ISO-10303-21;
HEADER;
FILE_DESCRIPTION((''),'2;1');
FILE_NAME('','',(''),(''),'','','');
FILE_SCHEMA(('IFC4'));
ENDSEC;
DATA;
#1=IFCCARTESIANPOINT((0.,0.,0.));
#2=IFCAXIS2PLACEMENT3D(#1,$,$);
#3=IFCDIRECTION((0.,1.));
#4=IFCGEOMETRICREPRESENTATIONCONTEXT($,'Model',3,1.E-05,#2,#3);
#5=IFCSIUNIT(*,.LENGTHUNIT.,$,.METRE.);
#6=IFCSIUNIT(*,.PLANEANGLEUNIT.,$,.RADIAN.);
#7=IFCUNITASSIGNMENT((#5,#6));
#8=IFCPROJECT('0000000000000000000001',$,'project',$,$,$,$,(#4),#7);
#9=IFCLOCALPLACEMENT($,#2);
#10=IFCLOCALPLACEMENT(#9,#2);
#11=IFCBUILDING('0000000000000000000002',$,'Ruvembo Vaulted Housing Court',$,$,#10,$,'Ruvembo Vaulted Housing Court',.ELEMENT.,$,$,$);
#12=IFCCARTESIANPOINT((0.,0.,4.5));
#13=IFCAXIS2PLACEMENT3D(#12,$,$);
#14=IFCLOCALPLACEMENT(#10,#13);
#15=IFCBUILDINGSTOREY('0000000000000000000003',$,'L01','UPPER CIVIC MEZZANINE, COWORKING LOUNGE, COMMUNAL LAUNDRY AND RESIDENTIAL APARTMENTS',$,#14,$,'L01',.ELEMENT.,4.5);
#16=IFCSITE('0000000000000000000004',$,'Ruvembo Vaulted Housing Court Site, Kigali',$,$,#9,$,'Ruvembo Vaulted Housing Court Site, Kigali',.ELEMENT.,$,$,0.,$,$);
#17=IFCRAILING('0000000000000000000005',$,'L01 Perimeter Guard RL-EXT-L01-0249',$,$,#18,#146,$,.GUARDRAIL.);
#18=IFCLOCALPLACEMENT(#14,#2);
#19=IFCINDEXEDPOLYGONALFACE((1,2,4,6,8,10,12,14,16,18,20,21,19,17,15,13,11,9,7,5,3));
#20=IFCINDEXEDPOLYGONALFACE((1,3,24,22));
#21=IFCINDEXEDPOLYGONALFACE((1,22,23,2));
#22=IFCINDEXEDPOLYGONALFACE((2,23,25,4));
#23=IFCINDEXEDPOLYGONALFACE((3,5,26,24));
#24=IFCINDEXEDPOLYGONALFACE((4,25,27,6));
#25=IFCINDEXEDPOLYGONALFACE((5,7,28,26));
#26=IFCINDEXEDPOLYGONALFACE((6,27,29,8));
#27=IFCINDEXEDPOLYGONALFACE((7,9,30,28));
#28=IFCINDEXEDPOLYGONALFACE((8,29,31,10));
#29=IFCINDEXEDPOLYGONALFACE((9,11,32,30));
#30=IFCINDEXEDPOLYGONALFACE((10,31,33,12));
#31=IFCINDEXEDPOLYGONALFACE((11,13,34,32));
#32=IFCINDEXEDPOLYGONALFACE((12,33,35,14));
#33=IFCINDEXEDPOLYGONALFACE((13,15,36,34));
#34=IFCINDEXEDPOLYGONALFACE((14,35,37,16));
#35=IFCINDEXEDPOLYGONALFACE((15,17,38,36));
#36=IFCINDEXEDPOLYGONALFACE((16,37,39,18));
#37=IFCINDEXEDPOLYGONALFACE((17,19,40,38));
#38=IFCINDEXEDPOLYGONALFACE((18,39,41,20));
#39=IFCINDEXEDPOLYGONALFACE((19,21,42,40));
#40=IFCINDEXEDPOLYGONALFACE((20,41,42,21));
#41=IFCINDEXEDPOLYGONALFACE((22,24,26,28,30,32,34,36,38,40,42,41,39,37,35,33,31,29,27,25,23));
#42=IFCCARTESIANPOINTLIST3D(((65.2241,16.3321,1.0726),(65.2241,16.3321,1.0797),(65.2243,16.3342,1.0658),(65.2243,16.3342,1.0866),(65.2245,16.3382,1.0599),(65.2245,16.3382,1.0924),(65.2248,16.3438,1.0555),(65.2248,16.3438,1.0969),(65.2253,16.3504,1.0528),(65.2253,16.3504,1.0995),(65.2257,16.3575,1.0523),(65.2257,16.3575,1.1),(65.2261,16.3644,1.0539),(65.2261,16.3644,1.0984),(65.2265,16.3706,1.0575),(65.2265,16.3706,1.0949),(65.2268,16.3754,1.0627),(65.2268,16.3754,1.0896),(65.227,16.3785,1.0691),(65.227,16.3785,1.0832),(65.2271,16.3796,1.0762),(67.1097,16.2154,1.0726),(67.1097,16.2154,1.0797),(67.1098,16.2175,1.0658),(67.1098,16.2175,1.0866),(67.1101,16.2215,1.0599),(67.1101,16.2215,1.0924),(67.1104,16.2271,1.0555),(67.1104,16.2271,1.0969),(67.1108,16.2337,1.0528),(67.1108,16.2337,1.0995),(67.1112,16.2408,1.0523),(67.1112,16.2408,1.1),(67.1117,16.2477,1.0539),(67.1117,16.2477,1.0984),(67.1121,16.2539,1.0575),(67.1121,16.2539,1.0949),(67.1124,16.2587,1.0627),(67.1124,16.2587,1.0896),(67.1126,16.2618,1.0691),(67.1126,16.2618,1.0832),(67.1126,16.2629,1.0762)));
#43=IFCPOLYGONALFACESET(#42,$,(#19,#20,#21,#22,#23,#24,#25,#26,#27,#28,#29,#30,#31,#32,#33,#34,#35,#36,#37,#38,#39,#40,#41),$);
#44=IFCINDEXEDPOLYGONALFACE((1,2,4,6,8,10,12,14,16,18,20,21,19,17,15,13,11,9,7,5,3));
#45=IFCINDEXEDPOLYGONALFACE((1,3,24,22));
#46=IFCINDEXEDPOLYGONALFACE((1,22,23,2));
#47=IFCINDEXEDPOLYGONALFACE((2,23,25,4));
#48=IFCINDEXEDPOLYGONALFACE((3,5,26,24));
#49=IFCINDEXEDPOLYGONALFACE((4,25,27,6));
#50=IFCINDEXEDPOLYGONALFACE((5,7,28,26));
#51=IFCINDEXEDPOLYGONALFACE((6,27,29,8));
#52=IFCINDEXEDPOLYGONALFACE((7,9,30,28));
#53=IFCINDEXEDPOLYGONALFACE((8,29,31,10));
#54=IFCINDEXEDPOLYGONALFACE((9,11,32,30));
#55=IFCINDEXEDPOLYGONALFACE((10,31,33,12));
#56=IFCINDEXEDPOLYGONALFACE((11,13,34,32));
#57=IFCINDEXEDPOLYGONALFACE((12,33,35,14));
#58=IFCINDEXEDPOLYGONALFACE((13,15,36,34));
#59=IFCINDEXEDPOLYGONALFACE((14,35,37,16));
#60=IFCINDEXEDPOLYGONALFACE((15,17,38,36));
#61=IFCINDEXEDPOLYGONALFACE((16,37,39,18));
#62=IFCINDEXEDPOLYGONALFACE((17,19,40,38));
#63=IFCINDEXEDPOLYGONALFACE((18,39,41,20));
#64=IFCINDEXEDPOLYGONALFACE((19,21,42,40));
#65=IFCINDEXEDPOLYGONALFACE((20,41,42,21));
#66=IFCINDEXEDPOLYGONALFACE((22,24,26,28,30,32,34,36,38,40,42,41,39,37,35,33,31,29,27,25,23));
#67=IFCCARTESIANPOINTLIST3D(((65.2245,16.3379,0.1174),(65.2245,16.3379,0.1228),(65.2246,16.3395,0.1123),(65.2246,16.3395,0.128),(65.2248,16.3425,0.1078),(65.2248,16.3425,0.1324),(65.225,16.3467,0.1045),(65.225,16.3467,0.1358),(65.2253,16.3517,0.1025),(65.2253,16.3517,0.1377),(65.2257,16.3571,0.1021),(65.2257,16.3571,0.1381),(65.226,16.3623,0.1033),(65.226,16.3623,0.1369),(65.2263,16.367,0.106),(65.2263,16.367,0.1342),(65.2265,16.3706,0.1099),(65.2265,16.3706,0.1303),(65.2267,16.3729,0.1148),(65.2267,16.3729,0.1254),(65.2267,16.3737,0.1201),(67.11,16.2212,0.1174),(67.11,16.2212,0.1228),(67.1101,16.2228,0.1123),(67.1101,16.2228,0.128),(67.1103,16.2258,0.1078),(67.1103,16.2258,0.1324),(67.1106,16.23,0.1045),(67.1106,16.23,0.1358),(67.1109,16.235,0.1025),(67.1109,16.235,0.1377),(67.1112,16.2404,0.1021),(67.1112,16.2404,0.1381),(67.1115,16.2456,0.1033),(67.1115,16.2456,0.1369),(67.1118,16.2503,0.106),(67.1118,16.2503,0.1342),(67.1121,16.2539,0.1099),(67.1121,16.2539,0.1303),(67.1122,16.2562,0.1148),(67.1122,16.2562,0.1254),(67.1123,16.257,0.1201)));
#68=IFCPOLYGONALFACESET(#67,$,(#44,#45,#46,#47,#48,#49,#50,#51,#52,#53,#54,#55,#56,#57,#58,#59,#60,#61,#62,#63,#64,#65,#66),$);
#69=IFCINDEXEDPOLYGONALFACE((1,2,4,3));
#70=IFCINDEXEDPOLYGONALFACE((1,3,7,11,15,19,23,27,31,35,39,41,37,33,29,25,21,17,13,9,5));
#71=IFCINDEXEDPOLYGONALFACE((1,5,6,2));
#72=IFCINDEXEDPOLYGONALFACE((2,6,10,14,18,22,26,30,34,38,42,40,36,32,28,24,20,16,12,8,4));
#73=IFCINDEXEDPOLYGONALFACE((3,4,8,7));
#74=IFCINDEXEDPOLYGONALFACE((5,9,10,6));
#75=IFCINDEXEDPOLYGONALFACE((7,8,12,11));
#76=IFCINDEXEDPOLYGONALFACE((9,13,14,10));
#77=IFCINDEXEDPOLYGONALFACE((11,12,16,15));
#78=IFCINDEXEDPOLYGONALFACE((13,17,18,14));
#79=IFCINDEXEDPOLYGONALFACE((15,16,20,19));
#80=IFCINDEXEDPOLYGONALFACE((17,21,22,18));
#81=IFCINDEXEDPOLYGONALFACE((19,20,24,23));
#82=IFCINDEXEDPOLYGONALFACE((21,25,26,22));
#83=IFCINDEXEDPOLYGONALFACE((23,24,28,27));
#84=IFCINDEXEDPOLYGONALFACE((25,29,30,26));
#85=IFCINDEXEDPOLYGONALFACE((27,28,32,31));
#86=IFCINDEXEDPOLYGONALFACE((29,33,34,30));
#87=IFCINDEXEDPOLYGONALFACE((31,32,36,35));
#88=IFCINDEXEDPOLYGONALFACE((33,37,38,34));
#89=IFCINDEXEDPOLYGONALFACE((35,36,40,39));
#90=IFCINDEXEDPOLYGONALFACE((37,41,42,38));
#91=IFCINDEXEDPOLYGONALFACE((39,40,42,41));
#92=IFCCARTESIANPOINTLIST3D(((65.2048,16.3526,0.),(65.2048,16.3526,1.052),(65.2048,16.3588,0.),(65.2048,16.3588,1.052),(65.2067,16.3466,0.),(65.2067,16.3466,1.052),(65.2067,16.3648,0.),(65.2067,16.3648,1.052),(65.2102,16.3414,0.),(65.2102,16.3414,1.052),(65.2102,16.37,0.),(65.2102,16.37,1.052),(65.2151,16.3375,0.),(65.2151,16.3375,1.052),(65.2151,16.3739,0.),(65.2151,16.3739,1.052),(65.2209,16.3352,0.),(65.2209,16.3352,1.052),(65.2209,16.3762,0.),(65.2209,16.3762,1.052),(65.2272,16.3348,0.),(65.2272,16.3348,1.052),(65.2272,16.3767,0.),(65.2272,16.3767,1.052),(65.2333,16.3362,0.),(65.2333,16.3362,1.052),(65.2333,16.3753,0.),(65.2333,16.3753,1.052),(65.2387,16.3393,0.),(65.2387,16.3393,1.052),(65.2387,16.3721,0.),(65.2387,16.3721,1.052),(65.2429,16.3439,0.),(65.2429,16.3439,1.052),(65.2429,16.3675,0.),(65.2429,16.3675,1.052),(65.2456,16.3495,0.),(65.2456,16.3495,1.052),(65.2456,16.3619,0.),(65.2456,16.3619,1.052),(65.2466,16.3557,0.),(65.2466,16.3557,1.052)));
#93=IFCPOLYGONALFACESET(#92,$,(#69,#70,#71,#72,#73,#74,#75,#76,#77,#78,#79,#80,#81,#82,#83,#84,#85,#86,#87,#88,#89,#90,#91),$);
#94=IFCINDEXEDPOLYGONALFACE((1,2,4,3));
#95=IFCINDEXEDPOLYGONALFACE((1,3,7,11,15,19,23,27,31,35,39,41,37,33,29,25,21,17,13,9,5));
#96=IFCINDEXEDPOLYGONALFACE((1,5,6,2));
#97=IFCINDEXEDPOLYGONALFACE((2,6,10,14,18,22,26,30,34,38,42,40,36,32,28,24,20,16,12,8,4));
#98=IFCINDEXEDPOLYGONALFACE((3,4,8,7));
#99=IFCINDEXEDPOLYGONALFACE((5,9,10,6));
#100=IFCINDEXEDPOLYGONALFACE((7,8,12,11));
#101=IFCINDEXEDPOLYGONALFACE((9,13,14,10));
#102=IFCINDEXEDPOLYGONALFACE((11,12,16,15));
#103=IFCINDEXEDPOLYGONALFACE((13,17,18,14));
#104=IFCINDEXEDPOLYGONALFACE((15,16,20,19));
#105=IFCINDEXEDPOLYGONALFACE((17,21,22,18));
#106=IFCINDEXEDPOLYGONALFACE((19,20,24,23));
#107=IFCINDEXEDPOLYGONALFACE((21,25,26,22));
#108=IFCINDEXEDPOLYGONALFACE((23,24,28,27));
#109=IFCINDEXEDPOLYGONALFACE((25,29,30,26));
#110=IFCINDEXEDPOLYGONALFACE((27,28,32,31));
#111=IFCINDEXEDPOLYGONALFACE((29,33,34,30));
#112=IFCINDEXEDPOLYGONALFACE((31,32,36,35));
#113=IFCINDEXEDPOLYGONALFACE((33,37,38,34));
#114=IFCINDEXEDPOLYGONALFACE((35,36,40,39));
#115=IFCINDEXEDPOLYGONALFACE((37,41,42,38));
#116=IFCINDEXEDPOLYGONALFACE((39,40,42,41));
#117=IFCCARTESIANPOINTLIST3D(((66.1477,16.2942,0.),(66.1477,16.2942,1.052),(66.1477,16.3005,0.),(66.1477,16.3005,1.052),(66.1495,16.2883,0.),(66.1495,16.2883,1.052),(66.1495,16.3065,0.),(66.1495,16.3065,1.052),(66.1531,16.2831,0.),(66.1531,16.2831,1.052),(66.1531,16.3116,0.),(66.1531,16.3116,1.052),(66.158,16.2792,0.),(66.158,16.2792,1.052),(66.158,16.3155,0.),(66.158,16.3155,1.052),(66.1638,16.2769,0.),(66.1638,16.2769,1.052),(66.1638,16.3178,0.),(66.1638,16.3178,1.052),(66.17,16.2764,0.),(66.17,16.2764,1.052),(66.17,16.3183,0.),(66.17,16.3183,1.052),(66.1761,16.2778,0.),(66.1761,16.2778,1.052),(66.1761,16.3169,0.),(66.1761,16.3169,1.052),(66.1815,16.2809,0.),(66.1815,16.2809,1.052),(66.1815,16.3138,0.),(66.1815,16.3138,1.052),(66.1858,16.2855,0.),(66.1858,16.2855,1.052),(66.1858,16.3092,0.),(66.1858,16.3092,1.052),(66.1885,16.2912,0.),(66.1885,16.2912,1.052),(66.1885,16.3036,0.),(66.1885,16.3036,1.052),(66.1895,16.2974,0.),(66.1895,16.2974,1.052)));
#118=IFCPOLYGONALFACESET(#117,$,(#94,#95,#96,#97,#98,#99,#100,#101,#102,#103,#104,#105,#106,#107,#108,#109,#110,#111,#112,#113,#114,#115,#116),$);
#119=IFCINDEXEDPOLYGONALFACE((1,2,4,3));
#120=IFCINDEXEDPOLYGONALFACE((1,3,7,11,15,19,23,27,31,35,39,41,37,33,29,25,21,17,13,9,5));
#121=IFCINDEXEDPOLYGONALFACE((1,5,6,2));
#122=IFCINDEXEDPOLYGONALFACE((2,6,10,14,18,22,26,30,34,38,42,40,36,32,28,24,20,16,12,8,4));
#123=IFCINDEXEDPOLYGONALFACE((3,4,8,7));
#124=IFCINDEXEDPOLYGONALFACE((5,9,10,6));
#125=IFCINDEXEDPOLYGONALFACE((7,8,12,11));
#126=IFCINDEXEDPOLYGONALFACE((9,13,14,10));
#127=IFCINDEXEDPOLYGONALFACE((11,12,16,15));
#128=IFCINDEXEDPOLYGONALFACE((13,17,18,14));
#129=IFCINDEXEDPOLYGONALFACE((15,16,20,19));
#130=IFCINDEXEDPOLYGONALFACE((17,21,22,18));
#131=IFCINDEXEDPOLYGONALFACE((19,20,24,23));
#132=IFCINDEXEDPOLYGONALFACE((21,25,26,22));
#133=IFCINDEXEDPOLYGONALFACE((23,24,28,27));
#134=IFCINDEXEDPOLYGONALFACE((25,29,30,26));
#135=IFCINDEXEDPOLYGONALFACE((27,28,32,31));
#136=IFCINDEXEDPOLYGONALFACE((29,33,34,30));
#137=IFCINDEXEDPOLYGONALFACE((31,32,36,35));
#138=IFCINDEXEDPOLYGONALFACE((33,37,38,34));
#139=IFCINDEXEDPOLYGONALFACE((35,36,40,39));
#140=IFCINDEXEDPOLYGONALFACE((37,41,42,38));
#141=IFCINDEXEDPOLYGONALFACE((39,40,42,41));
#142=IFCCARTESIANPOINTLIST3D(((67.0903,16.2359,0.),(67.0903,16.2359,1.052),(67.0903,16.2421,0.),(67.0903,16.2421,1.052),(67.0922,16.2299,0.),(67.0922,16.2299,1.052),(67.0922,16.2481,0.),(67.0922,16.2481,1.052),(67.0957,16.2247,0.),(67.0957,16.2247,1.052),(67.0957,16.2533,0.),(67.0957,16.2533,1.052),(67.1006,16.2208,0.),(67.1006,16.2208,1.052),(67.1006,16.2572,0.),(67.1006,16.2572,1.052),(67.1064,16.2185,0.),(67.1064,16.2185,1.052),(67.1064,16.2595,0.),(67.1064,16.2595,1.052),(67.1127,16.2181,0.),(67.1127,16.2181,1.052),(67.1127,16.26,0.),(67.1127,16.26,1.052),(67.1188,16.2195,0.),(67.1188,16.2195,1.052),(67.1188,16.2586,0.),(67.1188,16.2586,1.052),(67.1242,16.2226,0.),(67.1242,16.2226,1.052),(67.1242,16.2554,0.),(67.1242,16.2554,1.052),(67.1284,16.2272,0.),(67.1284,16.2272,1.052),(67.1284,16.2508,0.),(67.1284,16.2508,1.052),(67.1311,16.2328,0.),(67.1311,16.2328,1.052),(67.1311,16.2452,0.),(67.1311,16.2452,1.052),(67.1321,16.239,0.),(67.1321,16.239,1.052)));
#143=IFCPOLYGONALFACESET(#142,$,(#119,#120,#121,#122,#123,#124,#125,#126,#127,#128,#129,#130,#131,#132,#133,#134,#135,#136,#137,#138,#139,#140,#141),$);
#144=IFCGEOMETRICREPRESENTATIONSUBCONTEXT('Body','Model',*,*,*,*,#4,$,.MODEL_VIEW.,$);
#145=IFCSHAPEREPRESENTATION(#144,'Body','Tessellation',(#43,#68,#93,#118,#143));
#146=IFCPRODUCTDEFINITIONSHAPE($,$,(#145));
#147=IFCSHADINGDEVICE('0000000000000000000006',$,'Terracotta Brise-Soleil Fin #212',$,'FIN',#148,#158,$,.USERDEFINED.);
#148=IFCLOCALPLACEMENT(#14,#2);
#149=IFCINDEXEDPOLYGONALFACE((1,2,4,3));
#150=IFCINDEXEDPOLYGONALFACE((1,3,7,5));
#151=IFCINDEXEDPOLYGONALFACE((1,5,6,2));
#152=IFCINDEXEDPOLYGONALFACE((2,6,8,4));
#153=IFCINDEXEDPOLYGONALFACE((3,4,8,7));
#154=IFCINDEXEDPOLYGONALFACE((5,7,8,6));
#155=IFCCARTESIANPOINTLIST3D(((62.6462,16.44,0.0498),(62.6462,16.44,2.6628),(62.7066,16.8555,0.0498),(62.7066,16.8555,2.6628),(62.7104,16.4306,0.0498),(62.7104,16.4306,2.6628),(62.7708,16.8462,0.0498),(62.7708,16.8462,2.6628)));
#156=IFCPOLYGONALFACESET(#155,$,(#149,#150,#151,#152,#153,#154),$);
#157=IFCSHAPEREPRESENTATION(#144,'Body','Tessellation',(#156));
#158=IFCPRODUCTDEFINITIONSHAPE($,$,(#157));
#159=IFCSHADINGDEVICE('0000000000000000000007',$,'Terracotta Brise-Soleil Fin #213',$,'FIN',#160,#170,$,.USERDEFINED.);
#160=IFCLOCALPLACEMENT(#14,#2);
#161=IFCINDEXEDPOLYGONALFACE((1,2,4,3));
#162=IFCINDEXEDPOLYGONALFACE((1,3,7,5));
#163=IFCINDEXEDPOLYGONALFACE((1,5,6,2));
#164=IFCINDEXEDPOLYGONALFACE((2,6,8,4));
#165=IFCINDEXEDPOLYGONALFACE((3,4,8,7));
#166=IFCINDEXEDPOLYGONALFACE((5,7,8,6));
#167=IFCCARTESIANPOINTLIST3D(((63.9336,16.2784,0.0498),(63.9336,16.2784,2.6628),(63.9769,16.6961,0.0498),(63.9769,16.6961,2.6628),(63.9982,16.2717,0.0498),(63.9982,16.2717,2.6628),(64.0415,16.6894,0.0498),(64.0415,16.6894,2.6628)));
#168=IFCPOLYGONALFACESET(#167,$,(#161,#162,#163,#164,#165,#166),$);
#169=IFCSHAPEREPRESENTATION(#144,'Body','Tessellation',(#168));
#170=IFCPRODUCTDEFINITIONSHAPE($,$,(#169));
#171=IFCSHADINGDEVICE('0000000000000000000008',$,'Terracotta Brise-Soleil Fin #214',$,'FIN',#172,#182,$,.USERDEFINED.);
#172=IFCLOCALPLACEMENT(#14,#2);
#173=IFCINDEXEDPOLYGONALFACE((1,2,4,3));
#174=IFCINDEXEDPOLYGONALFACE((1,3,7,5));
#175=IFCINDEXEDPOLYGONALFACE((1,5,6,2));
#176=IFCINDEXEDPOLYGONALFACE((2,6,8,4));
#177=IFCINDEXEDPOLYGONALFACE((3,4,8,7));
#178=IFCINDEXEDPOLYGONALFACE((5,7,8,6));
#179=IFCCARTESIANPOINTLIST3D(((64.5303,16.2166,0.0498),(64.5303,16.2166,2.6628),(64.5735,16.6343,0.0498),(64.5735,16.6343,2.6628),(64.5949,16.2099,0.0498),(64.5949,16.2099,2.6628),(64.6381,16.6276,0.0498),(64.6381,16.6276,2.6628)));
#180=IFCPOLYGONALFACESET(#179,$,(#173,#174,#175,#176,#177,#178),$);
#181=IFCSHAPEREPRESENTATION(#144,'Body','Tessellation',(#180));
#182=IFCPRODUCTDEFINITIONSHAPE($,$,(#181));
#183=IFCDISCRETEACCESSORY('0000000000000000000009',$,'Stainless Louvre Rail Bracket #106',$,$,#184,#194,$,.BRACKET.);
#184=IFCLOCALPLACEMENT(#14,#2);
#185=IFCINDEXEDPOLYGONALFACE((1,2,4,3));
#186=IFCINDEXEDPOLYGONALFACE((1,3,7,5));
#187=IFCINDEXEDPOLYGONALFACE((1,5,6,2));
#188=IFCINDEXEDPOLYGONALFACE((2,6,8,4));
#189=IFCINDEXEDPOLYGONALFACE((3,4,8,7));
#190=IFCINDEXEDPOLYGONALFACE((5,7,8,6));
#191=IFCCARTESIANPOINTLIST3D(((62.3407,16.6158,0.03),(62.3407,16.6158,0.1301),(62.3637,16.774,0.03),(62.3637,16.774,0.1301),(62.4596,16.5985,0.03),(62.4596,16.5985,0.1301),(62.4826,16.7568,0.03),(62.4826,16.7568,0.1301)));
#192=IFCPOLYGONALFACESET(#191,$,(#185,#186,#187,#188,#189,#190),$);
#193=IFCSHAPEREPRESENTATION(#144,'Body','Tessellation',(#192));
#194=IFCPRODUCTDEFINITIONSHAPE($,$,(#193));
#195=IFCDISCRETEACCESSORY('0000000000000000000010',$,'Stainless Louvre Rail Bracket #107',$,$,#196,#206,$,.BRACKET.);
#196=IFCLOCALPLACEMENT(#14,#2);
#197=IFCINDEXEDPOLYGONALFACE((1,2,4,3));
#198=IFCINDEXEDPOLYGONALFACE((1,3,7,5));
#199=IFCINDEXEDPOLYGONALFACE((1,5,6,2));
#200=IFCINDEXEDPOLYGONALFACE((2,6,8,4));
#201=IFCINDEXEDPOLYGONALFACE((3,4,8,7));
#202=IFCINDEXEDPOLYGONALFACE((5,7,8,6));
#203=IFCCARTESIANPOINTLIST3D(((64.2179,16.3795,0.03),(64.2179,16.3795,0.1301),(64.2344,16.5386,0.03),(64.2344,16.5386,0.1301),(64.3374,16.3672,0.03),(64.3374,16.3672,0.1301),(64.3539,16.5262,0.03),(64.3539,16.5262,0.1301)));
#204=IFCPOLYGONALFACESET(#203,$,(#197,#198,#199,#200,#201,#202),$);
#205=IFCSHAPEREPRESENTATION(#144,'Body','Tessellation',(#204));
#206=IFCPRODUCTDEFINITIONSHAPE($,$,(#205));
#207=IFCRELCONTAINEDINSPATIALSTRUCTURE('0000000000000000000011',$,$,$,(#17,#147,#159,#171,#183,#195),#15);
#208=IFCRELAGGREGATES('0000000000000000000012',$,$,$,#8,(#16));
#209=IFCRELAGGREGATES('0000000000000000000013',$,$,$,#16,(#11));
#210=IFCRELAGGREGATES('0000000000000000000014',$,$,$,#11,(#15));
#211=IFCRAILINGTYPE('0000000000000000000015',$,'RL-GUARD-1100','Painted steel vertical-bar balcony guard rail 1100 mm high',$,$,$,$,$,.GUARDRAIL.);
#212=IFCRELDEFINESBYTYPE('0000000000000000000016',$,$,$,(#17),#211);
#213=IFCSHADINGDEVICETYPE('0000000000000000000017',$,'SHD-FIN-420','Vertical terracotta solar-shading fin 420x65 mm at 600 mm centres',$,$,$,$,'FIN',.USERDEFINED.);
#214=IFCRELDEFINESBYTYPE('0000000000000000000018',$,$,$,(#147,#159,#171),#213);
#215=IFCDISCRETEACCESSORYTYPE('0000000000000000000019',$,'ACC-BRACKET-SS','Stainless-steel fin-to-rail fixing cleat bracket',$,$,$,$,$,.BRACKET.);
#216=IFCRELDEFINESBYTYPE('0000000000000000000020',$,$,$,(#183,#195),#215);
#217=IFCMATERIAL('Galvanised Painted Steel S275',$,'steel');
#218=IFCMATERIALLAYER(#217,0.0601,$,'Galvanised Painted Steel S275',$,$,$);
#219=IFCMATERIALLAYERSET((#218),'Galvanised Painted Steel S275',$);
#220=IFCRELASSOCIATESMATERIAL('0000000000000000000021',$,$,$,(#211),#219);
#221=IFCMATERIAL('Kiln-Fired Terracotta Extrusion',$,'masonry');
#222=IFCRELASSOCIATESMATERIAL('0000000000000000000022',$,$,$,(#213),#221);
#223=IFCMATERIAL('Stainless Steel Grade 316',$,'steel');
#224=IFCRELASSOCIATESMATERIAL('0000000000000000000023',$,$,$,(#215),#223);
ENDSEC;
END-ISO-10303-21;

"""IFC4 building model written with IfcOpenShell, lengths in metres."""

from ifc_helpers import new_model, si_unit, direction, frame, origin, origin_2d, place, context, subcontext, project, spatial, rectangle, circle, extrude, material, layer, layer_set, type_object, element, save


model = new_model("IFC4")

# Units and contexts
model_context = context("Model", 3, precision=1e-05, world=origin(), true_north=direction((0.0, 1.0)))
body_context = subcontext(model_context, "Body", "Model", "MODEL_VIEW")
ifc_project = project(units=[si_unit("LENGTHUNIT", "METRE"), si_unit("PLANEANGLEUNIT", "RADIAN")], contexts=[model_context])

# Site, building, storey
site_placement = place(None, origin())
site = spatial("IfcSite", under=ifc_project, at=site_placement, Name="Ruvembo Vaulted Housing Court Site, Kigali", LongName="Ruvembo Vaulted Housing Court Site, Kigali", CompositionType="ELEMENT", RefElevation=0.0)
building_placement = place(site_placement, origin())
building = spatial("IfcBuilding", under=site, at=building_placement, Name="Ruvembo Vaulted Housing Court", LongName="Ruvembo Vaulted Housing Court", CompositionType="ELEMENT")
storey_placement = place(building_placement, frame((0.0, 0.0, 4.5)))
storey = spatial("IfcBuildingStorey", under=building, at=storey_placement, Name="L01", Description="UPPER CIVIC MEZZANINE, COWORKING LOUNGE, COMMUNAL LAUNDRY AND RESIDENTIAL APARTMENTS", LongName="L01", CompositionType="ELEMENT", Elevation=4.5)

# Railing
ifc_material_1 = material(Name="Galvanised Painted Steel S275", Category="steel")
ifc_layer_1 = layer(ifc_material_1, 0.0601, Name="Galvanised Painted Steel S275")
ifc_layer_set_1 = layer_set([ifc_layer_1], Name="Galvanised Painted Steel S275")
railing_type = type_object("IfcRailingType", Name="RL-GUARD-1100", Description="Painted steel vertical-bar balcony guard rail 1100 mm high", PredefinedType="GUARDRAIL", material=ifc_layer_set_1)
railing_1_placement = place(storey_placement, frame((65.2256, 16.3557, 0.0)))
element("IfcRailing", 1, at=railing_1_placement, inside=storey, type_object=railing_type, Name="L01 Perimeter Guard RL-EXT-L01-0249", PredefinedType="GUARDRAIL", context=body_context, shape_type="SweptSolid", body=[
    extrude(circle(Radius=0.0239, at=origin_2d()), frame((0.0, 0.0, 1.0762), z_axis=(0.99809, -0.061775, 0.0), x_axis=(0.061775, 0.99809, 0.0)), (0.0, 0.0, 1.0), 1.8892),
    extrude(circle(Radius=0.0181, at=origin_2d()), frame((0.0, 0.0, 0.1201), z_axis=(0.99809, -0.061775, 0.0), x_axis=(0.061775, 0.99809, 0.0)), (0.0, 0.0, 1.0), 1.8892),
    extrude(circle(Radius=0.021, at=origin_2d()), origin(), (0.0, 0.0, 1.0), 1.052),
    extrude(circle(Radius=0.021, at=origin_2d()), frame((0.9429, -0.0583, 0.0)), (0.0, 0.0, 1.0), 1.052),
    extrude(circle(Radius=0.021, at=origin_2d()), frame((1.8855, -0.1167, 0.0)), (0.0, 0.0, 1.0), 1.052),
])

# Shading devices
ifc_material_2 = material(Name="Kiln-Fired Terracotta Extrusion", Category="masonry")
shading_device_type = type_object("IfcShadingDeviceType", Name="SHD-FIN-420", Description="Vertical terracotta solar-shading fin 420x65 mm at 600 mm centres", ElementType="FIN", PredefinedType="USERDEFINED", material=ifc_material_2)
for number, where, z_axis, x_axis, name in (
    (2, (62.7085, 16.6431, 0.0498), (0.0, 0.0, 1.0), (-0.143873, -0.989596, 0.0), "Terracotta Brise-Soleil Fin #212"),
    (3, (63.9875, 16.4839, 0.0498), (0.0, 0.0, 1.0), (-0.102949, -0.994687, 0.0), "Terracotta Brise-Soleil Fin #213"),
    (4, (64.5842, 16.4221, 0.0498), (0.0, 0.0, 1.0), (-0.102949, -0.994687, 0.0), "Terracotta Brise-Soleil Fin #214"),
):
    element("IfcShadingDevice", number, at=place(storey_placement, frame(where, z_axis=z_axis, x_axis=x_axis)), inside=storey, type_object=shading_device_type, Name=name, ObjectType="FIN", PredefinedType="USERDEFINED", context=body_context, shape_type="SweptSolid", body=[
        extrude(rectangle(XDim=0.4199, YDim=0.0649, at=origin_2d()), origin(), (0.0, 0.0, 1.0), 2.613),
    ])

# Discrete accessories
ifc_material_3 = material(Name="Stainless Steel Grade 316", Category="steel")
discrete_accessory_type = type_object("IfcDiscreteAccessoryType", Name="ACC-BRACKET-SS", Description="Stainless-steel fin-to-rail fixing cleat bracket", PredefinedType="BRACKET", material=ifc_material_3)
for number, where, z_axis, x_axis, name in (
    (5, (62.4116, 16.6863, 0.03), (0.0, 0.0, 1.0), (-0.143873, -0.989596, 0.0), "Stainless Louvre Rail Bracket #106"),
    (6, (64.2859, 16.4529, 0.03), (0.0, 0.0, 1.0), (-0.102949, -0.994687, 0.0), "Stainless Louvre Rail Bracket #107"),
):
    element("IfcDiscreteAccessory", number, at=place(storey_placement, frame(where, z_axis=z_axis, x_axis=x_axis)), inside=storey, type_object=discrete_accessory_type, Name=name, PredefinedType="BRACKET", context=body_context, shape_type="SweptSolid", body=[
        extrude(rectangle(XDim=0.1599, YDim=0.1201, at=origin_2d()), origin(), (0.0, 0.0, 1.0), 0.1001),
    ])

save(model, "model.ifc")
